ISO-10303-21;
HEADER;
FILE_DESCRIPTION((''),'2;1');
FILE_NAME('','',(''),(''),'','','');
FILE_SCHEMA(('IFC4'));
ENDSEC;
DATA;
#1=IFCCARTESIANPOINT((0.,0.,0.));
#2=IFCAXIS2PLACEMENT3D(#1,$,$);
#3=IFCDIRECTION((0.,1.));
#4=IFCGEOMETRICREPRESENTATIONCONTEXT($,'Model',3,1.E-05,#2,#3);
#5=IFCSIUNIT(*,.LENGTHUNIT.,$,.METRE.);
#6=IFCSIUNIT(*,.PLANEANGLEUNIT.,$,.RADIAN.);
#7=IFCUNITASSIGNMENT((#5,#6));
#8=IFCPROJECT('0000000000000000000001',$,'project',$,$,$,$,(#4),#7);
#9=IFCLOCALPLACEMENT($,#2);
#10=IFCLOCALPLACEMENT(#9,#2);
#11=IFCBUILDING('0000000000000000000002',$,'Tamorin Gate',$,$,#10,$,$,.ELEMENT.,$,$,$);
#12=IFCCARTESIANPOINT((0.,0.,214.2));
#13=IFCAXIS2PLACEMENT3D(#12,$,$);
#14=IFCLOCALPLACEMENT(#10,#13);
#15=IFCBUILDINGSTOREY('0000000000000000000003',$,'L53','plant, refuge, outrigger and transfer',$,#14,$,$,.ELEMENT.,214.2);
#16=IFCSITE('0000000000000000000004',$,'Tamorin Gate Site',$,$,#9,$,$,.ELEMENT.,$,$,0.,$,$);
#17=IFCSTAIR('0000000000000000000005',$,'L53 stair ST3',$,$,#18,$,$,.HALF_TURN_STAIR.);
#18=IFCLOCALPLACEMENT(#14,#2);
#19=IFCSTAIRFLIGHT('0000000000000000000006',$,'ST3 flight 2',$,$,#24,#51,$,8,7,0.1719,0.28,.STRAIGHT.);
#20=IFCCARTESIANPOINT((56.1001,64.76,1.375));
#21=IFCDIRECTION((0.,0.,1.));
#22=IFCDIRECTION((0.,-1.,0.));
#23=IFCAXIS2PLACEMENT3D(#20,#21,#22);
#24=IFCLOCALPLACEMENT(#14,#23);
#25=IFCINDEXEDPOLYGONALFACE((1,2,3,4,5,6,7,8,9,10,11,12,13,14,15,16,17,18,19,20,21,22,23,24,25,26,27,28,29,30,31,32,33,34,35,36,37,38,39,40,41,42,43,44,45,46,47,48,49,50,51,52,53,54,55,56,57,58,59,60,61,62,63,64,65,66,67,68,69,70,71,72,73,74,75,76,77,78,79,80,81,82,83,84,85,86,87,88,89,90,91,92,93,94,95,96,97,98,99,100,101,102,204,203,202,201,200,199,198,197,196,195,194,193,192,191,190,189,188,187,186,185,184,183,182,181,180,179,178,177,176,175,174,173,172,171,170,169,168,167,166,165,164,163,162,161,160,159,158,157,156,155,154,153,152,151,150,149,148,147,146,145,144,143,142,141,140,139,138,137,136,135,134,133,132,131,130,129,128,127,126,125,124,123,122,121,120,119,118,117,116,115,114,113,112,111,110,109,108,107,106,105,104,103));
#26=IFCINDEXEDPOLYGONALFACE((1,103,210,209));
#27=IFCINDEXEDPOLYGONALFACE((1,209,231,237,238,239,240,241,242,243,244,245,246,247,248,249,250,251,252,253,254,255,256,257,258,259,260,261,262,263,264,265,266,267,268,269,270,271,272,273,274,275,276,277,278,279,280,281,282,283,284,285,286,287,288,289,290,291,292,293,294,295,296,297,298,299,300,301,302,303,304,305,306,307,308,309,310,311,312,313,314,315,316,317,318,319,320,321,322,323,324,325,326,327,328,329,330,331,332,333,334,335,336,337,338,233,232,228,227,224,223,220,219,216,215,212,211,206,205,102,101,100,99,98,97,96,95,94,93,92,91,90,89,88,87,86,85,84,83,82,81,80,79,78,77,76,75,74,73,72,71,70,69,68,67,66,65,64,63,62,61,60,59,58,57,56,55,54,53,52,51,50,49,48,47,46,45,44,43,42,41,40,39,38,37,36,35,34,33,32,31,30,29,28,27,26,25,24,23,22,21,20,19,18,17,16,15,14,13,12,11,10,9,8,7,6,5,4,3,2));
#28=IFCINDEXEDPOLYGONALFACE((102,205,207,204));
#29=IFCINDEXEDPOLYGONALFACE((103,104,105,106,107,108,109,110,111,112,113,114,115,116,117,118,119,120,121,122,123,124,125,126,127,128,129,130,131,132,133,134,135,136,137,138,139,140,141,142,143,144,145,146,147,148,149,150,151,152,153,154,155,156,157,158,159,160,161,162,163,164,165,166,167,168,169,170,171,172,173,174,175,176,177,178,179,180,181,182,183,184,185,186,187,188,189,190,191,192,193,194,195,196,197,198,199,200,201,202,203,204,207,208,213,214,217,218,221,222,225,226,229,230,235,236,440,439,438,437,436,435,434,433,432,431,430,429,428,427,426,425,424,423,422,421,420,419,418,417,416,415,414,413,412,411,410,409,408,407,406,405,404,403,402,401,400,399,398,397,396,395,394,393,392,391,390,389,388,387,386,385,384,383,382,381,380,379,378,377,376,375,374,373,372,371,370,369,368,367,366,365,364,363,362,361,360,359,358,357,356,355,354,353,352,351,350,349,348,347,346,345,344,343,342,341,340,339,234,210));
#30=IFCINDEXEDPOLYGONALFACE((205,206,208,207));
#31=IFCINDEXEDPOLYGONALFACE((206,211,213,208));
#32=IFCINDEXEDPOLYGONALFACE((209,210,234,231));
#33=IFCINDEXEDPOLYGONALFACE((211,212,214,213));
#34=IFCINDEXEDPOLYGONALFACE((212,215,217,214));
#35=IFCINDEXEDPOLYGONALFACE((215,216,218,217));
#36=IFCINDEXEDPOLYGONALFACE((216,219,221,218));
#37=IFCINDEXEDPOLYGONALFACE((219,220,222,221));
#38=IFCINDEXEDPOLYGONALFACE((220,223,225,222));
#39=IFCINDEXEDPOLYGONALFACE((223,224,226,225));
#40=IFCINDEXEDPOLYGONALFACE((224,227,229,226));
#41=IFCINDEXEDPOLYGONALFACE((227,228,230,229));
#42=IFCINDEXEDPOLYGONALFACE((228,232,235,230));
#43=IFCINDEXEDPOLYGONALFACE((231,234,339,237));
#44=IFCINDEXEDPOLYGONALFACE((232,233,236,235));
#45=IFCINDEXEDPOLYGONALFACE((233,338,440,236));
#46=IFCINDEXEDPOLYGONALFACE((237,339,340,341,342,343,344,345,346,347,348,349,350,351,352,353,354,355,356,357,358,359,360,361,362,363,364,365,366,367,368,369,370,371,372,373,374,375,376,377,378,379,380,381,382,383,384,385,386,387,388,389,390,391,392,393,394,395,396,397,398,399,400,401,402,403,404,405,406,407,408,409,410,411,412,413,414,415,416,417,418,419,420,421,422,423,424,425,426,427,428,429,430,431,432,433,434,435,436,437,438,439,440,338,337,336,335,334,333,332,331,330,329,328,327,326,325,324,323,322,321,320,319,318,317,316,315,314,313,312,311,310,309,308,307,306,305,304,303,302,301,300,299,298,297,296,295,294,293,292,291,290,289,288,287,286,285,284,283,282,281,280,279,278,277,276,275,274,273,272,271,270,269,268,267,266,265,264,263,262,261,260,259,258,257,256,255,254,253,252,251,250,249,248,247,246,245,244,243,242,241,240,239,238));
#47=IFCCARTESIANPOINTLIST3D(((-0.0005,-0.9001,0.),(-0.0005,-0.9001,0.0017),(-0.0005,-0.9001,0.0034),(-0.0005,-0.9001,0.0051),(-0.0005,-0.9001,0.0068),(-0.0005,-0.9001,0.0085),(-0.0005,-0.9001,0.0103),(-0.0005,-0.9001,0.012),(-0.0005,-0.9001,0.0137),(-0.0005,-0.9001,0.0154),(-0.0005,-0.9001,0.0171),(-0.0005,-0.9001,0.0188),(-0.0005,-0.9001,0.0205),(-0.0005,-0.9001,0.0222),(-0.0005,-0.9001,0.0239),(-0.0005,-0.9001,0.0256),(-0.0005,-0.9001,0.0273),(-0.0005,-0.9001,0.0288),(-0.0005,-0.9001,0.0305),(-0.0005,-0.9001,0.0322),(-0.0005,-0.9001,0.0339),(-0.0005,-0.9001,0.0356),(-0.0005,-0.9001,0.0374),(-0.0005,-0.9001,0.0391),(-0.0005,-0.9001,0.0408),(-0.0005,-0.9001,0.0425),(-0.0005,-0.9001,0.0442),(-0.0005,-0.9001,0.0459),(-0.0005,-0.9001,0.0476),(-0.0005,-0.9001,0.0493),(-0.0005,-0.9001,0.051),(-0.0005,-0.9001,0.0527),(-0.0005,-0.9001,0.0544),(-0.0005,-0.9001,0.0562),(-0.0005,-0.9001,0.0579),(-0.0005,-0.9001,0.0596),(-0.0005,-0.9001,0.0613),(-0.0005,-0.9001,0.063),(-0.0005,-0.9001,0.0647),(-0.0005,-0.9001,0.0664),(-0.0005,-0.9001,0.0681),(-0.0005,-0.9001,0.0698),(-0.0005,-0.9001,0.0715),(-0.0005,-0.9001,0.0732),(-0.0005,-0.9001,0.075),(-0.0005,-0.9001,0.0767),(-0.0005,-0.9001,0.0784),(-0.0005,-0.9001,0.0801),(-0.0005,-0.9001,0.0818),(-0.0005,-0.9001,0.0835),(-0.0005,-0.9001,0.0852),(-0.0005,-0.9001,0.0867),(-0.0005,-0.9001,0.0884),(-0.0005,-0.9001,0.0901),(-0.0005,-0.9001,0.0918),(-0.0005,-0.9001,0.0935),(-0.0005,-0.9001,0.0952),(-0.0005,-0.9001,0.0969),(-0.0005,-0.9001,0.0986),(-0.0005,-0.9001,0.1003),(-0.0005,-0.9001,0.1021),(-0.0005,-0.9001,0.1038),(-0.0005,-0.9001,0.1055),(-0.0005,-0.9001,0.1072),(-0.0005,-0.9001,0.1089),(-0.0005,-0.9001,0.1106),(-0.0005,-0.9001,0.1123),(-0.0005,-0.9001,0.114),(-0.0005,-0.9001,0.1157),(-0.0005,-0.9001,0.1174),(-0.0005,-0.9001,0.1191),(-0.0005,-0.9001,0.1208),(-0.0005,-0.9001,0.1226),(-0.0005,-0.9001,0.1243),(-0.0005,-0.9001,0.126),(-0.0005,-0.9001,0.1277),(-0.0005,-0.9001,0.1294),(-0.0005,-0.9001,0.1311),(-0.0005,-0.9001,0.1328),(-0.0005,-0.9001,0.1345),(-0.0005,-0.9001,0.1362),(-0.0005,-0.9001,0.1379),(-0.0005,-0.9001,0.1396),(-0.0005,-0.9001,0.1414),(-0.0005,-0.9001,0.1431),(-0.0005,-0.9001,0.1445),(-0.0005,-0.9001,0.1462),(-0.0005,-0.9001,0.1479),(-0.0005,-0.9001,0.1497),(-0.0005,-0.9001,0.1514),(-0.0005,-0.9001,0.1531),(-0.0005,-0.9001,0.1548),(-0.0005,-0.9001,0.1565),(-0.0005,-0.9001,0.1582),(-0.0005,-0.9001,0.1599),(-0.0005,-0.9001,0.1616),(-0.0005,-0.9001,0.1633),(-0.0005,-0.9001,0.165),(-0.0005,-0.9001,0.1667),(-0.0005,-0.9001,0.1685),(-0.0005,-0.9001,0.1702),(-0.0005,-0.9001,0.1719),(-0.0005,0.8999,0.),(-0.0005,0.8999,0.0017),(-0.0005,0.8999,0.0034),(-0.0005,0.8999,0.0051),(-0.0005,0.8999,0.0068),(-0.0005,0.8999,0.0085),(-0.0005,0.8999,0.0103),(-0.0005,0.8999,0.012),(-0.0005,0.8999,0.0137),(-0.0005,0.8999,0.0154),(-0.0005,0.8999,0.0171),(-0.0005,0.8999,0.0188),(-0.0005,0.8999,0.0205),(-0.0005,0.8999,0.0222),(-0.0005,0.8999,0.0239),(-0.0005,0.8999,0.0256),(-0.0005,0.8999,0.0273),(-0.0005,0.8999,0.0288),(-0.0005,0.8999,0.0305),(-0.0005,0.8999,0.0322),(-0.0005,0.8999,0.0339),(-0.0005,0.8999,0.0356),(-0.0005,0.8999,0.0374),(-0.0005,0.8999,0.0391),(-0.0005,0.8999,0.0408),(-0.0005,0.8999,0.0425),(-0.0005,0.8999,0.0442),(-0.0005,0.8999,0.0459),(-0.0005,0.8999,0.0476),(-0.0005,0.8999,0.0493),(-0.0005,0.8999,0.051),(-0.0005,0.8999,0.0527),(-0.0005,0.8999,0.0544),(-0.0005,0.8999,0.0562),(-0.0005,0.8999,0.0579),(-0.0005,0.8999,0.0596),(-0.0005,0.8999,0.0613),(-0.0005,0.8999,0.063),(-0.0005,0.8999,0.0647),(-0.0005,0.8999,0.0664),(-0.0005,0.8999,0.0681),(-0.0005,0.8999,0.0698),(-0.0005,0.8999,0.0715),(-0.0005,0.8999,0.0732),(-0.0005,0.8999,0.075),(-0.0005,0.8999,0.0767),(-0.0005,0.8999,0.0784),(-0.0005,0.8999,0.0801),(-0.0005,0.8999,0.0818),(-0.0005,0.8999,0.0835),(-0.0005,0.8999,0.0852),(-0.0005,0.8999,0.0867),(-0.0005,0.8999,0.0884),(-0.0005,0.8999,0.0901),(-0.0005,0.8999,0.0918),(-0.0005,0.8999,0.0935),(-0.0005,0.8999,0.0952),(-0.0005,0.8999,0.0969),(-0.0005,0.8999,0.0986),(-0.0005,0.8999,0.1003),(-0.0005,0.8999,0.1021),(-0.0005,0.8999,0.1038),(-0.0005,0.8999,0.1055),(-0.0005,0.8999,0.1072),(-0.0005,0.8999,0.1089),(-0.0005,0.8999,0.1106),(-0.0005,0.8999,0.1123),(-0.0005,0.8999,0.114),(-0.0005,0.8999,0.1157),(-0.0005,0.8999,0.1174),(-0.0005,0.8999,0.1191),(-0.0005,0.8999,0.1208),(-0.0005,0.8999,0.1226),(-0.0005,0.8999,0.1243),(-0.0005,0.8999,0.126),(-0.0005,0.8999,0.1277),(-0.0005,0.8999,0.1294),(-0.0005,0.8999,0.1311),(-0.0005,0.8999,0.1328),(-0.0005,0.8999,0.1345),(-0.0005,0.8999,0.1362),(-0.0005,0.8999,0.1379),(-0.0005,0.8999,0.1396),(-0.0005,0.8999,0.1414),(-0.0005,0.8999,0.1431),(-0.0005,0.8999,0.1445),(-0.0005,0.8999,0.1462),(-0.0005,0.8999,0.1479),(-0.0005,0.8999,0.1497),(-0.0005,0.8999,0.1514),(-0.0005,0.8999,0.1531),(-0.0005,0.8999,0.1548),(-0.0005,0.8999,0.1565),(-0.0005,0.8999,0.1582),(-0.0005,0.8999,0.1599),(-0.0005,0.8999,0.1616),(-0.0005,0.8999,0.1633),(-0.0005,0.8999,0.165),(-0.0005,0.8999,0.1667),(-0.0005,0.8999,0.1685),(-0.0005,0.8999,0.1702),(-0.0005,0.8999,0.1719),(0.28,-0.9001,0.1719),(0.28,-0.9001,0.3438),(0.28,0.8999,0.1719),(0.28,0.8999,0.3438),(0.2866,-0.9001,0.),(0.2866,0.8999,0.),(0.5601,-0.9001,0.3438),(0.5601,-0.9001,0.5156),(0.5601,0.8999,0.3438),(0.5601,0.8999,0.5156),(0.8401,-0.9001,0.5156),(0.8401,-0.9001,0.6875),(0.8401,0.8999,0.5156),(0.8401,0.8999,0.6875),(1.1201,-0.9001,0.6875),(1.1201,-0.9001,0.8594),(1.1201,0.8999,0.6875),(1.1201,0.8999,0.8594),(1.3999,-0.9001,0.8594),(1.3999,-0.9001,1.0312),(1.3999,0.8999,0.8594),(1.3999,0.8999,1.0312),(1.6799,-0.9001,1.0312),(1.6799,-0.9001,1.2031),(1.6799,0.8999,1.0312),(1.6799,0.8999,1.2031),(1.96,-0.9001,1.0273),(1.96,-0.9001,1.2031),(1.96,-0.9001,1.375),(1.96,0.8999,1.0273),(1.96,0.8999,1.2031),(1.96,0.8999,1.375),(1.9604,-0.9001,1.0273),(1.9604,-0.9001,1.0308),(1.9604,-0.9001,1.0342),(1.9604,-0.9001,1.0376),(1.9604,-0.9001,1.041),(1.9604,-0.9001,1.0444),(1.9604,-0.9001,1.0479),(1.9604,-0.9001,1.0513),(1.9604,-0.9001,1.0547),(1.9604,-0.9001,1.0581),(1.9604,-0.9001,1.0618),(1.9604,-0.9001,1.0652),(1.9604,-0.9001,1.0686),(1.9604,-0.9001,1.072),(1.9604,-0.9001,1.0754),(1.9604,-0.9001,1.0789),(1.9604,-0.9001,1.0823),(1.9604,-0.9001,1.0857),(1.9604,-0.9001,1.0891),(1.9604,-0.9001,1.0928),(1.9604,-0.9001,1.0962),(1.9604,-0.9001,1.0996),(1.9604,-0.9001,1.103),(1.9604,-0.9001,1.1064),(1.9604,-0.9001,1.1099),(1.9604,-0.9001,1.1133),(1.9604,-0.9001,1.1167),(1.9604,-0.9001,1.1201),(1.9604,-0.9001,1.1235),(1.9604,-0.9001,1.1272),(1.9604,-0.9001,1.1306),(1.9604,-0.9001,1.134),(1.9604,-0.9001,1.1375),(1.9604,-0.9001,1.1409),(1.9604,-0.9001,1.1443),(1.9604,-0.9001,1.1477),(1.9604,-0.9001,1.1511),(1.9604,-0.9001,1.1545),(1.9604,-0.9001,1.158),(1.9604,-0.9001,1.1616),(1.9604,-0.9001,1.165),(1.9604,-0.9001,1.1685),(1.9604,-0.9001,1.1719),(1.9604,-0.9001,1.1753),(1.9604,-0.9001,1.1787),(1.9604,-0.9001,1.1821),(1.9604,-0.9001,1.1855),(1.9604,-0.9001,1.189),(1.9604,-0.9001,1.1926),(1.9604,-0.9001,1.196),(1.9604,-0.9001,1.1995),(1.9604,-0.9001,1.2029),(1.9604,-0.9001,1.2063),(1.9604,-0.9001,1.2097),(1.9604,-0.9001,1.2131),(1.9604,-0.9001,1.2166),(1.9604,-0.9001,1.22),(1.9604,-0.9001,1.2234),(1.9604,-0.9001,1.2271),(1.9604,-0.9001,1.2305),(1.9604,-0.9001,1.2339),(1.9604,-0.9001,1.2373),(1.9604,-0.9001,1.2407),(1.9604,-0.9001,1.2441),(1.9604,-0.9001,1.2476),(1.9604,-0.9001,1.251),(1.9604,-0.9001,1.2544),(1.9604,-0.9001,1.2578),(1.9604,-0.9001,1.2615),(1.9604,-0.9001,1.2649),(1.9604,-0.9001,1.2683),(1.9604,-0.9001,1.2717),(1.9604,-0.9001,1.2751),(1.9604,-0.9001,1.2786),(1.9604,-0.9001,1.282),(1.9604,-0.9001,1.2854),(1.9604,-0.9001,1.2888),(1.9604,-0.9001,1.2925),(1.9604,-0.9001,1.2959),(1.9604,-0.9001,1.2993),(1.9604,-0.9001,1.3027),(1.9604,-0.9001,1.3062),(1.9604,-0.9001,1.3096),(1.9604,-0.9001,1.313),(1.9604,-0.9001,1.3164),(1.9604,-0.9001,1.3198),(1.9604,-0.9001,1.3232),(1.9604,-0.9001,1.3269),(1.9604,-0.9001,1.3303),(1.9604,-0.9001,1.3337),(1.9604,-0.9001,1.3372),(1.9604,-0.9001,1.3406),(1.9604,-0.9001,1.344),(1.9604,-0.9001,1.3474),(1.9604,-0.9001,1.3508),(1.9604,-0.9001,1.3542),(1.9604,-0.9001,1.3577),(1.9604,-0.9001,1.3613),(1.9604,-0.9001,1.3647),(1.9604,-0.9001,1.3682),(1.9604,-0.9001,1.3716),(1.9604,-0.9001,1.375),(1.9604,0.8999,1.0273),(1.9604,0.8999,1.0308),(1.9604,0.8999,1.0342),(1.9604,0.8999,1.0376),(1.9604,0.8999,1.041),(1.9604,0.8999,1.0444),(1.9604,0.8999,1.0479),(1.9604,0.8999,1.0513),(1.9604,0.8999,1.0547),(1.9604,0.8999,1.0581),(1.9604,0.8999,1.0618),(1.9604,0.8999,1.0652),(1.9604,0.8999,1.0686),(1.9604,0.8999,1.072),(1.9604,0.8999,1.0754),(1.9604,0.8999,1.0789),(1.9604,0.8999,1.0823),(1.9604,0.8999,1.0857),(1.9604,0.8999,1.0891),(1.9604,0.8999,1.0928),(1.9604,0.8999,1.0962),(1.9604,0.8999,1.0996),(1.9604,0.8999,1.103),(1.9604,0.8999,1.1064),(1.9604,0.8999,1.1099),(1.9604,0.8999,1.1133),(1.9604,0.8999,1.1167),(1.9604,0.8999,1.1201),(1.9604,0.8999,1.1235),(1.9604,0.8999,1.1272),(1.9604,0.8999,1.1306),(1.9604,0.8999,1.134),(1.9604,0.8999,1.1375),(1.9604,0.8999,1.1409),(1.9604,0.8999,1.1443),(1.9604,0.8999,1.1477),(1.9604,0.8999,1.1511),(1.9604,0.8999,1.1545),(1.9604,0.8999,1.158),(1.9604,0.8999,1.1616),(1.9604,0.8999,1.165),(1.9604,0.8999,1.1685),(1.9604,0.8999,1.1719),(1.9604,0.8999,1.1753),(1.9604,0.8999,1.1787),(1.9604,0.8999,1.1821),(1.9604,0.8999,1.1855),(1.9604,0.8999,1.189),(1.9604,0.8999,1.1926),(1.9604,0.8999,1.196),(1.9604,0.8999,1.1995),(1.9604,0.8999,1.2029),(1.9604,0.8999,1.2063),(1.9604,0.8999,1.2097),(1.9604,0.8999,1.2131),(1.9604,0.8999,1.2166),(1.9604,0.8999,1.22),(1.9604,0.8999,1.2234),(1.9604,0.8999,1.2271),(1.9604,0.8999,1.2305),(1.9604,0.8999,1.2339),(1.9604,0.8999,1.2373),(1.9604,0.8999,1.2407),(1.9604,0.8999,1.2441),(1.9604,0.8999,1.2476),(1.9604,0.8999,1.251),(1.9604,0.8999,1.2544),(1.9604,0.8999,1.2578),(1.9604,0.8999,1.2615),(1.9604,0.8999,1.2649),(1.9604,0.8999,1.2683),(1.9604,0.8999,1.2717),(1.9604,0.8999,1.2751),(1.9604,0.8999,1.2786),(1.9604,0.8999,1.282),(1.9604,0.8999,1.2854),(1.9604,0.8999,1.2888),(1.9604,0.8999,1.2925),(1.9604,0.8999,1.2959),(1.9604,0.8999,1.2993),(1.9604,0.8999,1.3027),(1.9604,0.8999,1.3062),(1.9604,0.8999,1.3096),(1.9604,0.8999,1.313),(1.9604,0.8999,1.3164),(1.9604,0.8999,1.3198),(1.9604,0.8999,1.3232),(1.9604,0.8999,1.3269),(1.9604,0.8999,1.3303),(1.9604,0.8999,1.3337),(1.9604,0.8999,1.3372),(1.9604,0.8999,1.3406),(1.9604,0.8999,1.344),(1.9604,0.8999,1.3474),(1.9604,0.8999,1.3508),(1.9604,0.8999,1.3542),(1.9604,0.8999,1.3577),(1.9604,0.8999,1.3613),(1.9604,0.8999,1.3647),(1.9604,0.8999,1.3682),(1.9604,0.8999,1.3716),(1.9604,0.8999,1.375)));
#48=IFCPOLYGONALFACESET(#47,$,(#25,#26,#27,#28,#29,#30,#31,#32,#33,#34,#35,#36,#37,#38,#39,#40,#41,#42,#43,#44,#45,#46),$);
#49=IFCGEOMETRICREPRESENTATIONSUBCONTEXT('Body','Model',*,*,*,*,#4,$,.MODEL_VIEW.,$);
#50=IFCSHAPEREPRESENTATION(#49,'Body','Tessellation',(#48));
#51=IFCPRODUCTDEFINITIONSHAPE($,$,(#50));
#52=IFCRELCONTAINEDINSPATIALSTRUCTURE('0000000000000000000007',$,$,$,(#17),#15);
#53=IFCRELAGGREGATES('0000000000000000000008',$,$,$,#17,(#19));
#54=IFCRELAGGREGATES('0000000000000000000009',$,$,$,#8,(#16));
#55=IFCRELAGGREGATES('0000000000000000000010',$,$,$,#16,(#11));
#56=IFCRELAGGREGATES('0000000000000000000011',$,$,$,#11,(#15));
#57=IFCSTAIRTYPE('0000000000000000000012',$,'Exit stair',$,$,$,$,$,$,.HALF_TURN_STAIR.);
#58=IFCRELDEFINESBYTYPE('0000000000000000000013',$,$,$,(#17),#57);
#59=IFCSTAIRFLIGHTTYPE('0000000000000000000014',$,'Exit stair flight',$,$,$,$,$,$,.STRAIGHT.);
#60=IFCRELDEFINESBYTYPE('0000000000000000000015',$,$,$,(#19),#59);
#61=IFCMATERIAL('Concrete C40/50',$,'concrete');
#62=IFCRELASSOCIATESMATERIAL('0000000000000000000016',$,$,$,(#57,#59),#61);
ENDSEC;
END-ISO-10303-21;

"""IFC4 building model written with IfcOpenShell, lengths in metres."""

from ifc_helpers import new_model, si_unit, direction, frame, origin, place, context, subcontext, project, spatial, polyline, outline, extrude, material, type_object, element, aggregate, save


model = new_model("IFC4")

# Units and contexts
model_context = context("Model", 3, precision=1e-05, world=origin(), true_north=direction((0.0, 1.0)))
body_context = subcontext(model_context, "Body", "Model", "MODEL_VIEW")
ifc_project = project(units=[si_unit("LENGTHUNIT", "METRE"), si_unit("PLANEANGLEUNIT", "RADIAN")], contexts=[model_context])

# Site, building, storey
site_placement = place(None, origin())
site = spatial("IfcSite", under=ifc_project, at=site_placement, Name="Tamorin Gate Site", CompositionType="ELEMENT", RefElevation=0.0)
building_placement = place(site_placement, origin())
building = spatial("IfcBuilding", under=site, at=building_placement, Name="Tamorin Gate", CompositionType="ELEMENT")
storey_placement = place(building_placement, frame((0.0, 0.0, 214.2)))
storey = spatial("IfcBuildingStorey", under=building, at=storey_placement, Name="L53", Description="plant, refuge, outrigger and transfer", CompositionType="ELEMENT", Elevation=214.2)

# Shared definitions
ifc_material_1 = material(Name="Concrete C40/50", Category="concrete")

# Stair, stair flight
stair_type = type_object("IfcStairType", Name="Exit stair", PredefinedType="HALF_TURN_STAIR", material=ifc_material_1)
stair_placement = place(storey_placement, origin())
stair = element("IfcStair", 1, at=stair_placement, inside=storey, type_object=stair_type, Name="L53 stair ST3", PredefinedType="HALF_TURN_STAIR")
stair_flight_type = type_object("IfcStairFlightType", Name="Exit stair flight", PredefinedType="STRAIGHT", material=ifc_material_1)
stair_flight_1_placement = place(storey_placement, frame((56.1001, 64.76, 1.375), z_axis=(0.0, 0.0, 1.0), x_axis=(0.0, -1.0, 0.0)))
stair_flight_1 = element("IfcStairFlight", 2, at=stair_flight_1_placement, type_object=stair_flight_type, Name="ST3 flight 2", NumberOfRisers=8, NumberOfTreads=7, PredefinedType="STRAIGHT", RiserHeight=0.1719, TreadLength=0.28, context=body_context, shape_type="SweptSolid", body=[
    extrude(outline(polyline([(-0.0005, 0.0), (-0.0005, 0.0017), (-0.0005, 0.0034), (-0.0005, 0.0051), (-0.0005, 0.0068), (-0.0005, 0.0085), (-0.0005, 0.0103), (-0.0005, 0.012), (-0.0005, 0.0137), (-0.0005, 0.0154), (-0.0005, 0.0171), (-0.0005, 0.0188), (-0.0005, 0.0205), (-0.0005, 0.0222), (-0.0005, 0.0239), (-0.0005, 0.0256), (-0.0005, 0.0273), (-0.0005, 0.0288), (-0.0005, 0.0305), (-0.0005, 0.0322), (-0.0005, 0.0339), (-0.0005, 0.0356), (-0.0005, 0.0374), (-0.0005, 0.0391), (-0.0005, 0.0408), (-0.0005, 0.0425), (-0.0005, 0.0442), (-0.0005, 0.0459), (-0.0005, 0.0476), (-0.0005, 0.0493), (-0.0005, 0.051), (-0.0005, 0.0527), (-0.0005, 0.0544), (-0.0005, 0.0562), (-0.0005, 0.0579), (-0.0005, 0.0596), (-0.0005, 0.0613), (-0.0005, 0.063), (-0.0005, 0.0647), (-0.0005, 0.0664), (-0.0005, 0.0681), (-0.0005, 0.0698), (-0.0005, 0.0715), (-0.0005, 0.0732), (-0.0005, 0.075), (-0.0005, 0.0767), (-0.0005, 0.0784), (-0.0005, 0.0801), (-0.0005, 0.0818), (-0.0005, 0.0835), (-0.0005, 0.0852), (-0.0005, 0.0867), (-0.0005, 0.0884), (-0.0005, 0.0901), (-0.0005, 0.0918), (-0.0005, 0.0935), (-0.0005, 0.0952), (-0.0005, 0.0969), (-0.0005, 0.0986), (-0.0005, 0.1003), (-0.0005, 0.1021), (-0.0005, 0.1038), (-0.0005, 0.1055), (-0.0005, 0.1072), (-0.0005, 0.1089), (-0.0005, 0.1106), (-0.0005, 0.1123), (-0.0005, 0.114), (-0.0005, 0.1157), (-0.0005, 0.1174), (-0.0005, 0.1191), (-0.0005, 0.1208), (-0.0005, 0.1226), (-0.0005, 0.1243), (-0.0005, 0.126), (-0.0005, 0.1277), (-0.0005, 0.1294), (-0.0005, 0.1311), (-0.0005, 0.1328), (-0.0005, 0.1345), (-0.0005, 0.1362), (-0.0005, 0.1379), (-0.0005, 0.1396), (-0.0005, 0.1414), (-0.0005, 0.1431), (-0.0005, 0.1445), (-0.0005, 0.1462), (-0.0005, 0.1479), (-0.0005, 0.1497), (-0.0005, 0.1514), (-0.0005, 0.1531), (-0.0005, 0.1548), (-0.0005, 0.1565), (-0.0005, 0.1582), (-0.0005, 0.1599), (-0.0005, 0.1616), (-0.0005, 0.1633), (-0.0005, 0.165), (-0.0005, 0.1667), (-0.0005, 0.1685), (-0.0005, 0.1702), (-0.0005, 0.1719), (0.28, 0.1719), (0.28, 0.3438), (0.5601, 0.3438), (0.5601, 0.5156), (0.8401, 0.5156), (0.8401, 0.6875), (1.1201, 0.6875), (1.1201, 0.8594), (1.3999, 0.8594), (1.3999, 1.0312), (1.6799, 1.0312), (1.6799, 1.2031), (1.96, 1.2031), (1.96, 1.375), (1.9604, 1.375), (1.9604, 1.3716), (1.9604, 1.3682), (1.9604, 1.3647), (1.9604, 1.3613), (1.9604, 1.3577), (1.9604, 1.3542), (1.9604, 1.3508), (1.9604, 1.3474), (1.9604, 1.344), (1.9604, 1.3406), (1.9604, 1.3372), (1.9604, 1.3337), (1.9604, 1.3303), (1.9604, 1.3269), (1.9604, 1.3232), (1.9604, 1.3198), (1.9604, 1.3164), (1.9604, 1.313), (1.9604, 1.3096), (1.9604, 1.3062), (1.9604, 1.3027), (1.9604, 1.2993), (1.9604, 1.2959), (1.9604, 1.2925), (1.9604, 1.2888), (1.9604, 1.2854), (1.9604, 1.282), (1.9604, 1.2786), (1.9604, 1.2751), (1.9604, 1.2717), (1.9604, 1.2683), (1.9604, 1.2649), (1.9604, 1.2615), (1.9604, 1.2578), (1.9604, 1.2544), (1.9604, 1.251), (1.9604, 1.2476), (1.9604, 1.2441), (1.9604, 1.2407), (1.9604, 1.2373), (1.9604, 1.2339), (1.9604, 1.2305), (1.9604, 1.2271), (1.9604, 1.2234), (1.9604, 1.22), (1.9604, 1.2166), (1.9604, 1.2131), (1.9604, 1.2097), (1.9604, 1.2063), (1.9604, 1.2029), (1.9604, 1.1995), (1.9604, 1.196), (1.9604, 1.1926), (1.9604, 1.189), (1.9604, 1.1855), (1.9604, 1.1821), (1.9604, 1.1787), (1.9604, 1.1753), (1.9604, 1.1719), (1.9604, 1.1685), (1.9604, 1.165), (1.9604, 1.1616), (1.9604, 1.158), (1.9604, 1.1545), (1.9604, 1.1511), (1.9604, 1.1477), (1.9604, 1.1443), (1.9604, 1.1409), (1.9604, 1.1375), (1.9604, 1.134), (1.9604, 1.1306), (1.9604, 1.1272), (1.9604, 1.1235), (1.9604, 1.1201), (1.9604, 1.1167), (1.9604, 1.1133), (1.9604, 1.1099), (1.9604, 1.1064), (1.9604, 1.103), (1.9604, 1.0996), (1.9604, 1.0962), (1.9604, 1.0928), (1.9604, 1.0891), (1.9604, 1.0857), (1.9604, 1.0823), (1.9604, 1.0789), (1.9604, 1.0754), (1.9604, 1.072), (1.9604, 1.0686), (1.9604, 1.0652), (1.9604, 1.0618), (1.9604, 1.0581), (1.9604, 1.0547), (1.9604, 1.0513), (1.9604, 1.0479), (1.9604, 1.0444), (1.9604, 1.041), (1.9604, 1.0376), (1.9604, 1.0342), (1.9604, 1.0308), (1.9604, 1.0273), (1.96, 1.0273), (0.2866, 0.0), (-0.0005, 0.0)])), frame((0.0, 0.8999, 0.0), z_axis=(0.0, -1.0, 0.0), x_axis=(1.0, 0.0, 0.0)), (0.0, 0.0, 1.0), 1.8),
])
aggregate(stair, [stair_flight_1])

save(model, "model.ifc")
